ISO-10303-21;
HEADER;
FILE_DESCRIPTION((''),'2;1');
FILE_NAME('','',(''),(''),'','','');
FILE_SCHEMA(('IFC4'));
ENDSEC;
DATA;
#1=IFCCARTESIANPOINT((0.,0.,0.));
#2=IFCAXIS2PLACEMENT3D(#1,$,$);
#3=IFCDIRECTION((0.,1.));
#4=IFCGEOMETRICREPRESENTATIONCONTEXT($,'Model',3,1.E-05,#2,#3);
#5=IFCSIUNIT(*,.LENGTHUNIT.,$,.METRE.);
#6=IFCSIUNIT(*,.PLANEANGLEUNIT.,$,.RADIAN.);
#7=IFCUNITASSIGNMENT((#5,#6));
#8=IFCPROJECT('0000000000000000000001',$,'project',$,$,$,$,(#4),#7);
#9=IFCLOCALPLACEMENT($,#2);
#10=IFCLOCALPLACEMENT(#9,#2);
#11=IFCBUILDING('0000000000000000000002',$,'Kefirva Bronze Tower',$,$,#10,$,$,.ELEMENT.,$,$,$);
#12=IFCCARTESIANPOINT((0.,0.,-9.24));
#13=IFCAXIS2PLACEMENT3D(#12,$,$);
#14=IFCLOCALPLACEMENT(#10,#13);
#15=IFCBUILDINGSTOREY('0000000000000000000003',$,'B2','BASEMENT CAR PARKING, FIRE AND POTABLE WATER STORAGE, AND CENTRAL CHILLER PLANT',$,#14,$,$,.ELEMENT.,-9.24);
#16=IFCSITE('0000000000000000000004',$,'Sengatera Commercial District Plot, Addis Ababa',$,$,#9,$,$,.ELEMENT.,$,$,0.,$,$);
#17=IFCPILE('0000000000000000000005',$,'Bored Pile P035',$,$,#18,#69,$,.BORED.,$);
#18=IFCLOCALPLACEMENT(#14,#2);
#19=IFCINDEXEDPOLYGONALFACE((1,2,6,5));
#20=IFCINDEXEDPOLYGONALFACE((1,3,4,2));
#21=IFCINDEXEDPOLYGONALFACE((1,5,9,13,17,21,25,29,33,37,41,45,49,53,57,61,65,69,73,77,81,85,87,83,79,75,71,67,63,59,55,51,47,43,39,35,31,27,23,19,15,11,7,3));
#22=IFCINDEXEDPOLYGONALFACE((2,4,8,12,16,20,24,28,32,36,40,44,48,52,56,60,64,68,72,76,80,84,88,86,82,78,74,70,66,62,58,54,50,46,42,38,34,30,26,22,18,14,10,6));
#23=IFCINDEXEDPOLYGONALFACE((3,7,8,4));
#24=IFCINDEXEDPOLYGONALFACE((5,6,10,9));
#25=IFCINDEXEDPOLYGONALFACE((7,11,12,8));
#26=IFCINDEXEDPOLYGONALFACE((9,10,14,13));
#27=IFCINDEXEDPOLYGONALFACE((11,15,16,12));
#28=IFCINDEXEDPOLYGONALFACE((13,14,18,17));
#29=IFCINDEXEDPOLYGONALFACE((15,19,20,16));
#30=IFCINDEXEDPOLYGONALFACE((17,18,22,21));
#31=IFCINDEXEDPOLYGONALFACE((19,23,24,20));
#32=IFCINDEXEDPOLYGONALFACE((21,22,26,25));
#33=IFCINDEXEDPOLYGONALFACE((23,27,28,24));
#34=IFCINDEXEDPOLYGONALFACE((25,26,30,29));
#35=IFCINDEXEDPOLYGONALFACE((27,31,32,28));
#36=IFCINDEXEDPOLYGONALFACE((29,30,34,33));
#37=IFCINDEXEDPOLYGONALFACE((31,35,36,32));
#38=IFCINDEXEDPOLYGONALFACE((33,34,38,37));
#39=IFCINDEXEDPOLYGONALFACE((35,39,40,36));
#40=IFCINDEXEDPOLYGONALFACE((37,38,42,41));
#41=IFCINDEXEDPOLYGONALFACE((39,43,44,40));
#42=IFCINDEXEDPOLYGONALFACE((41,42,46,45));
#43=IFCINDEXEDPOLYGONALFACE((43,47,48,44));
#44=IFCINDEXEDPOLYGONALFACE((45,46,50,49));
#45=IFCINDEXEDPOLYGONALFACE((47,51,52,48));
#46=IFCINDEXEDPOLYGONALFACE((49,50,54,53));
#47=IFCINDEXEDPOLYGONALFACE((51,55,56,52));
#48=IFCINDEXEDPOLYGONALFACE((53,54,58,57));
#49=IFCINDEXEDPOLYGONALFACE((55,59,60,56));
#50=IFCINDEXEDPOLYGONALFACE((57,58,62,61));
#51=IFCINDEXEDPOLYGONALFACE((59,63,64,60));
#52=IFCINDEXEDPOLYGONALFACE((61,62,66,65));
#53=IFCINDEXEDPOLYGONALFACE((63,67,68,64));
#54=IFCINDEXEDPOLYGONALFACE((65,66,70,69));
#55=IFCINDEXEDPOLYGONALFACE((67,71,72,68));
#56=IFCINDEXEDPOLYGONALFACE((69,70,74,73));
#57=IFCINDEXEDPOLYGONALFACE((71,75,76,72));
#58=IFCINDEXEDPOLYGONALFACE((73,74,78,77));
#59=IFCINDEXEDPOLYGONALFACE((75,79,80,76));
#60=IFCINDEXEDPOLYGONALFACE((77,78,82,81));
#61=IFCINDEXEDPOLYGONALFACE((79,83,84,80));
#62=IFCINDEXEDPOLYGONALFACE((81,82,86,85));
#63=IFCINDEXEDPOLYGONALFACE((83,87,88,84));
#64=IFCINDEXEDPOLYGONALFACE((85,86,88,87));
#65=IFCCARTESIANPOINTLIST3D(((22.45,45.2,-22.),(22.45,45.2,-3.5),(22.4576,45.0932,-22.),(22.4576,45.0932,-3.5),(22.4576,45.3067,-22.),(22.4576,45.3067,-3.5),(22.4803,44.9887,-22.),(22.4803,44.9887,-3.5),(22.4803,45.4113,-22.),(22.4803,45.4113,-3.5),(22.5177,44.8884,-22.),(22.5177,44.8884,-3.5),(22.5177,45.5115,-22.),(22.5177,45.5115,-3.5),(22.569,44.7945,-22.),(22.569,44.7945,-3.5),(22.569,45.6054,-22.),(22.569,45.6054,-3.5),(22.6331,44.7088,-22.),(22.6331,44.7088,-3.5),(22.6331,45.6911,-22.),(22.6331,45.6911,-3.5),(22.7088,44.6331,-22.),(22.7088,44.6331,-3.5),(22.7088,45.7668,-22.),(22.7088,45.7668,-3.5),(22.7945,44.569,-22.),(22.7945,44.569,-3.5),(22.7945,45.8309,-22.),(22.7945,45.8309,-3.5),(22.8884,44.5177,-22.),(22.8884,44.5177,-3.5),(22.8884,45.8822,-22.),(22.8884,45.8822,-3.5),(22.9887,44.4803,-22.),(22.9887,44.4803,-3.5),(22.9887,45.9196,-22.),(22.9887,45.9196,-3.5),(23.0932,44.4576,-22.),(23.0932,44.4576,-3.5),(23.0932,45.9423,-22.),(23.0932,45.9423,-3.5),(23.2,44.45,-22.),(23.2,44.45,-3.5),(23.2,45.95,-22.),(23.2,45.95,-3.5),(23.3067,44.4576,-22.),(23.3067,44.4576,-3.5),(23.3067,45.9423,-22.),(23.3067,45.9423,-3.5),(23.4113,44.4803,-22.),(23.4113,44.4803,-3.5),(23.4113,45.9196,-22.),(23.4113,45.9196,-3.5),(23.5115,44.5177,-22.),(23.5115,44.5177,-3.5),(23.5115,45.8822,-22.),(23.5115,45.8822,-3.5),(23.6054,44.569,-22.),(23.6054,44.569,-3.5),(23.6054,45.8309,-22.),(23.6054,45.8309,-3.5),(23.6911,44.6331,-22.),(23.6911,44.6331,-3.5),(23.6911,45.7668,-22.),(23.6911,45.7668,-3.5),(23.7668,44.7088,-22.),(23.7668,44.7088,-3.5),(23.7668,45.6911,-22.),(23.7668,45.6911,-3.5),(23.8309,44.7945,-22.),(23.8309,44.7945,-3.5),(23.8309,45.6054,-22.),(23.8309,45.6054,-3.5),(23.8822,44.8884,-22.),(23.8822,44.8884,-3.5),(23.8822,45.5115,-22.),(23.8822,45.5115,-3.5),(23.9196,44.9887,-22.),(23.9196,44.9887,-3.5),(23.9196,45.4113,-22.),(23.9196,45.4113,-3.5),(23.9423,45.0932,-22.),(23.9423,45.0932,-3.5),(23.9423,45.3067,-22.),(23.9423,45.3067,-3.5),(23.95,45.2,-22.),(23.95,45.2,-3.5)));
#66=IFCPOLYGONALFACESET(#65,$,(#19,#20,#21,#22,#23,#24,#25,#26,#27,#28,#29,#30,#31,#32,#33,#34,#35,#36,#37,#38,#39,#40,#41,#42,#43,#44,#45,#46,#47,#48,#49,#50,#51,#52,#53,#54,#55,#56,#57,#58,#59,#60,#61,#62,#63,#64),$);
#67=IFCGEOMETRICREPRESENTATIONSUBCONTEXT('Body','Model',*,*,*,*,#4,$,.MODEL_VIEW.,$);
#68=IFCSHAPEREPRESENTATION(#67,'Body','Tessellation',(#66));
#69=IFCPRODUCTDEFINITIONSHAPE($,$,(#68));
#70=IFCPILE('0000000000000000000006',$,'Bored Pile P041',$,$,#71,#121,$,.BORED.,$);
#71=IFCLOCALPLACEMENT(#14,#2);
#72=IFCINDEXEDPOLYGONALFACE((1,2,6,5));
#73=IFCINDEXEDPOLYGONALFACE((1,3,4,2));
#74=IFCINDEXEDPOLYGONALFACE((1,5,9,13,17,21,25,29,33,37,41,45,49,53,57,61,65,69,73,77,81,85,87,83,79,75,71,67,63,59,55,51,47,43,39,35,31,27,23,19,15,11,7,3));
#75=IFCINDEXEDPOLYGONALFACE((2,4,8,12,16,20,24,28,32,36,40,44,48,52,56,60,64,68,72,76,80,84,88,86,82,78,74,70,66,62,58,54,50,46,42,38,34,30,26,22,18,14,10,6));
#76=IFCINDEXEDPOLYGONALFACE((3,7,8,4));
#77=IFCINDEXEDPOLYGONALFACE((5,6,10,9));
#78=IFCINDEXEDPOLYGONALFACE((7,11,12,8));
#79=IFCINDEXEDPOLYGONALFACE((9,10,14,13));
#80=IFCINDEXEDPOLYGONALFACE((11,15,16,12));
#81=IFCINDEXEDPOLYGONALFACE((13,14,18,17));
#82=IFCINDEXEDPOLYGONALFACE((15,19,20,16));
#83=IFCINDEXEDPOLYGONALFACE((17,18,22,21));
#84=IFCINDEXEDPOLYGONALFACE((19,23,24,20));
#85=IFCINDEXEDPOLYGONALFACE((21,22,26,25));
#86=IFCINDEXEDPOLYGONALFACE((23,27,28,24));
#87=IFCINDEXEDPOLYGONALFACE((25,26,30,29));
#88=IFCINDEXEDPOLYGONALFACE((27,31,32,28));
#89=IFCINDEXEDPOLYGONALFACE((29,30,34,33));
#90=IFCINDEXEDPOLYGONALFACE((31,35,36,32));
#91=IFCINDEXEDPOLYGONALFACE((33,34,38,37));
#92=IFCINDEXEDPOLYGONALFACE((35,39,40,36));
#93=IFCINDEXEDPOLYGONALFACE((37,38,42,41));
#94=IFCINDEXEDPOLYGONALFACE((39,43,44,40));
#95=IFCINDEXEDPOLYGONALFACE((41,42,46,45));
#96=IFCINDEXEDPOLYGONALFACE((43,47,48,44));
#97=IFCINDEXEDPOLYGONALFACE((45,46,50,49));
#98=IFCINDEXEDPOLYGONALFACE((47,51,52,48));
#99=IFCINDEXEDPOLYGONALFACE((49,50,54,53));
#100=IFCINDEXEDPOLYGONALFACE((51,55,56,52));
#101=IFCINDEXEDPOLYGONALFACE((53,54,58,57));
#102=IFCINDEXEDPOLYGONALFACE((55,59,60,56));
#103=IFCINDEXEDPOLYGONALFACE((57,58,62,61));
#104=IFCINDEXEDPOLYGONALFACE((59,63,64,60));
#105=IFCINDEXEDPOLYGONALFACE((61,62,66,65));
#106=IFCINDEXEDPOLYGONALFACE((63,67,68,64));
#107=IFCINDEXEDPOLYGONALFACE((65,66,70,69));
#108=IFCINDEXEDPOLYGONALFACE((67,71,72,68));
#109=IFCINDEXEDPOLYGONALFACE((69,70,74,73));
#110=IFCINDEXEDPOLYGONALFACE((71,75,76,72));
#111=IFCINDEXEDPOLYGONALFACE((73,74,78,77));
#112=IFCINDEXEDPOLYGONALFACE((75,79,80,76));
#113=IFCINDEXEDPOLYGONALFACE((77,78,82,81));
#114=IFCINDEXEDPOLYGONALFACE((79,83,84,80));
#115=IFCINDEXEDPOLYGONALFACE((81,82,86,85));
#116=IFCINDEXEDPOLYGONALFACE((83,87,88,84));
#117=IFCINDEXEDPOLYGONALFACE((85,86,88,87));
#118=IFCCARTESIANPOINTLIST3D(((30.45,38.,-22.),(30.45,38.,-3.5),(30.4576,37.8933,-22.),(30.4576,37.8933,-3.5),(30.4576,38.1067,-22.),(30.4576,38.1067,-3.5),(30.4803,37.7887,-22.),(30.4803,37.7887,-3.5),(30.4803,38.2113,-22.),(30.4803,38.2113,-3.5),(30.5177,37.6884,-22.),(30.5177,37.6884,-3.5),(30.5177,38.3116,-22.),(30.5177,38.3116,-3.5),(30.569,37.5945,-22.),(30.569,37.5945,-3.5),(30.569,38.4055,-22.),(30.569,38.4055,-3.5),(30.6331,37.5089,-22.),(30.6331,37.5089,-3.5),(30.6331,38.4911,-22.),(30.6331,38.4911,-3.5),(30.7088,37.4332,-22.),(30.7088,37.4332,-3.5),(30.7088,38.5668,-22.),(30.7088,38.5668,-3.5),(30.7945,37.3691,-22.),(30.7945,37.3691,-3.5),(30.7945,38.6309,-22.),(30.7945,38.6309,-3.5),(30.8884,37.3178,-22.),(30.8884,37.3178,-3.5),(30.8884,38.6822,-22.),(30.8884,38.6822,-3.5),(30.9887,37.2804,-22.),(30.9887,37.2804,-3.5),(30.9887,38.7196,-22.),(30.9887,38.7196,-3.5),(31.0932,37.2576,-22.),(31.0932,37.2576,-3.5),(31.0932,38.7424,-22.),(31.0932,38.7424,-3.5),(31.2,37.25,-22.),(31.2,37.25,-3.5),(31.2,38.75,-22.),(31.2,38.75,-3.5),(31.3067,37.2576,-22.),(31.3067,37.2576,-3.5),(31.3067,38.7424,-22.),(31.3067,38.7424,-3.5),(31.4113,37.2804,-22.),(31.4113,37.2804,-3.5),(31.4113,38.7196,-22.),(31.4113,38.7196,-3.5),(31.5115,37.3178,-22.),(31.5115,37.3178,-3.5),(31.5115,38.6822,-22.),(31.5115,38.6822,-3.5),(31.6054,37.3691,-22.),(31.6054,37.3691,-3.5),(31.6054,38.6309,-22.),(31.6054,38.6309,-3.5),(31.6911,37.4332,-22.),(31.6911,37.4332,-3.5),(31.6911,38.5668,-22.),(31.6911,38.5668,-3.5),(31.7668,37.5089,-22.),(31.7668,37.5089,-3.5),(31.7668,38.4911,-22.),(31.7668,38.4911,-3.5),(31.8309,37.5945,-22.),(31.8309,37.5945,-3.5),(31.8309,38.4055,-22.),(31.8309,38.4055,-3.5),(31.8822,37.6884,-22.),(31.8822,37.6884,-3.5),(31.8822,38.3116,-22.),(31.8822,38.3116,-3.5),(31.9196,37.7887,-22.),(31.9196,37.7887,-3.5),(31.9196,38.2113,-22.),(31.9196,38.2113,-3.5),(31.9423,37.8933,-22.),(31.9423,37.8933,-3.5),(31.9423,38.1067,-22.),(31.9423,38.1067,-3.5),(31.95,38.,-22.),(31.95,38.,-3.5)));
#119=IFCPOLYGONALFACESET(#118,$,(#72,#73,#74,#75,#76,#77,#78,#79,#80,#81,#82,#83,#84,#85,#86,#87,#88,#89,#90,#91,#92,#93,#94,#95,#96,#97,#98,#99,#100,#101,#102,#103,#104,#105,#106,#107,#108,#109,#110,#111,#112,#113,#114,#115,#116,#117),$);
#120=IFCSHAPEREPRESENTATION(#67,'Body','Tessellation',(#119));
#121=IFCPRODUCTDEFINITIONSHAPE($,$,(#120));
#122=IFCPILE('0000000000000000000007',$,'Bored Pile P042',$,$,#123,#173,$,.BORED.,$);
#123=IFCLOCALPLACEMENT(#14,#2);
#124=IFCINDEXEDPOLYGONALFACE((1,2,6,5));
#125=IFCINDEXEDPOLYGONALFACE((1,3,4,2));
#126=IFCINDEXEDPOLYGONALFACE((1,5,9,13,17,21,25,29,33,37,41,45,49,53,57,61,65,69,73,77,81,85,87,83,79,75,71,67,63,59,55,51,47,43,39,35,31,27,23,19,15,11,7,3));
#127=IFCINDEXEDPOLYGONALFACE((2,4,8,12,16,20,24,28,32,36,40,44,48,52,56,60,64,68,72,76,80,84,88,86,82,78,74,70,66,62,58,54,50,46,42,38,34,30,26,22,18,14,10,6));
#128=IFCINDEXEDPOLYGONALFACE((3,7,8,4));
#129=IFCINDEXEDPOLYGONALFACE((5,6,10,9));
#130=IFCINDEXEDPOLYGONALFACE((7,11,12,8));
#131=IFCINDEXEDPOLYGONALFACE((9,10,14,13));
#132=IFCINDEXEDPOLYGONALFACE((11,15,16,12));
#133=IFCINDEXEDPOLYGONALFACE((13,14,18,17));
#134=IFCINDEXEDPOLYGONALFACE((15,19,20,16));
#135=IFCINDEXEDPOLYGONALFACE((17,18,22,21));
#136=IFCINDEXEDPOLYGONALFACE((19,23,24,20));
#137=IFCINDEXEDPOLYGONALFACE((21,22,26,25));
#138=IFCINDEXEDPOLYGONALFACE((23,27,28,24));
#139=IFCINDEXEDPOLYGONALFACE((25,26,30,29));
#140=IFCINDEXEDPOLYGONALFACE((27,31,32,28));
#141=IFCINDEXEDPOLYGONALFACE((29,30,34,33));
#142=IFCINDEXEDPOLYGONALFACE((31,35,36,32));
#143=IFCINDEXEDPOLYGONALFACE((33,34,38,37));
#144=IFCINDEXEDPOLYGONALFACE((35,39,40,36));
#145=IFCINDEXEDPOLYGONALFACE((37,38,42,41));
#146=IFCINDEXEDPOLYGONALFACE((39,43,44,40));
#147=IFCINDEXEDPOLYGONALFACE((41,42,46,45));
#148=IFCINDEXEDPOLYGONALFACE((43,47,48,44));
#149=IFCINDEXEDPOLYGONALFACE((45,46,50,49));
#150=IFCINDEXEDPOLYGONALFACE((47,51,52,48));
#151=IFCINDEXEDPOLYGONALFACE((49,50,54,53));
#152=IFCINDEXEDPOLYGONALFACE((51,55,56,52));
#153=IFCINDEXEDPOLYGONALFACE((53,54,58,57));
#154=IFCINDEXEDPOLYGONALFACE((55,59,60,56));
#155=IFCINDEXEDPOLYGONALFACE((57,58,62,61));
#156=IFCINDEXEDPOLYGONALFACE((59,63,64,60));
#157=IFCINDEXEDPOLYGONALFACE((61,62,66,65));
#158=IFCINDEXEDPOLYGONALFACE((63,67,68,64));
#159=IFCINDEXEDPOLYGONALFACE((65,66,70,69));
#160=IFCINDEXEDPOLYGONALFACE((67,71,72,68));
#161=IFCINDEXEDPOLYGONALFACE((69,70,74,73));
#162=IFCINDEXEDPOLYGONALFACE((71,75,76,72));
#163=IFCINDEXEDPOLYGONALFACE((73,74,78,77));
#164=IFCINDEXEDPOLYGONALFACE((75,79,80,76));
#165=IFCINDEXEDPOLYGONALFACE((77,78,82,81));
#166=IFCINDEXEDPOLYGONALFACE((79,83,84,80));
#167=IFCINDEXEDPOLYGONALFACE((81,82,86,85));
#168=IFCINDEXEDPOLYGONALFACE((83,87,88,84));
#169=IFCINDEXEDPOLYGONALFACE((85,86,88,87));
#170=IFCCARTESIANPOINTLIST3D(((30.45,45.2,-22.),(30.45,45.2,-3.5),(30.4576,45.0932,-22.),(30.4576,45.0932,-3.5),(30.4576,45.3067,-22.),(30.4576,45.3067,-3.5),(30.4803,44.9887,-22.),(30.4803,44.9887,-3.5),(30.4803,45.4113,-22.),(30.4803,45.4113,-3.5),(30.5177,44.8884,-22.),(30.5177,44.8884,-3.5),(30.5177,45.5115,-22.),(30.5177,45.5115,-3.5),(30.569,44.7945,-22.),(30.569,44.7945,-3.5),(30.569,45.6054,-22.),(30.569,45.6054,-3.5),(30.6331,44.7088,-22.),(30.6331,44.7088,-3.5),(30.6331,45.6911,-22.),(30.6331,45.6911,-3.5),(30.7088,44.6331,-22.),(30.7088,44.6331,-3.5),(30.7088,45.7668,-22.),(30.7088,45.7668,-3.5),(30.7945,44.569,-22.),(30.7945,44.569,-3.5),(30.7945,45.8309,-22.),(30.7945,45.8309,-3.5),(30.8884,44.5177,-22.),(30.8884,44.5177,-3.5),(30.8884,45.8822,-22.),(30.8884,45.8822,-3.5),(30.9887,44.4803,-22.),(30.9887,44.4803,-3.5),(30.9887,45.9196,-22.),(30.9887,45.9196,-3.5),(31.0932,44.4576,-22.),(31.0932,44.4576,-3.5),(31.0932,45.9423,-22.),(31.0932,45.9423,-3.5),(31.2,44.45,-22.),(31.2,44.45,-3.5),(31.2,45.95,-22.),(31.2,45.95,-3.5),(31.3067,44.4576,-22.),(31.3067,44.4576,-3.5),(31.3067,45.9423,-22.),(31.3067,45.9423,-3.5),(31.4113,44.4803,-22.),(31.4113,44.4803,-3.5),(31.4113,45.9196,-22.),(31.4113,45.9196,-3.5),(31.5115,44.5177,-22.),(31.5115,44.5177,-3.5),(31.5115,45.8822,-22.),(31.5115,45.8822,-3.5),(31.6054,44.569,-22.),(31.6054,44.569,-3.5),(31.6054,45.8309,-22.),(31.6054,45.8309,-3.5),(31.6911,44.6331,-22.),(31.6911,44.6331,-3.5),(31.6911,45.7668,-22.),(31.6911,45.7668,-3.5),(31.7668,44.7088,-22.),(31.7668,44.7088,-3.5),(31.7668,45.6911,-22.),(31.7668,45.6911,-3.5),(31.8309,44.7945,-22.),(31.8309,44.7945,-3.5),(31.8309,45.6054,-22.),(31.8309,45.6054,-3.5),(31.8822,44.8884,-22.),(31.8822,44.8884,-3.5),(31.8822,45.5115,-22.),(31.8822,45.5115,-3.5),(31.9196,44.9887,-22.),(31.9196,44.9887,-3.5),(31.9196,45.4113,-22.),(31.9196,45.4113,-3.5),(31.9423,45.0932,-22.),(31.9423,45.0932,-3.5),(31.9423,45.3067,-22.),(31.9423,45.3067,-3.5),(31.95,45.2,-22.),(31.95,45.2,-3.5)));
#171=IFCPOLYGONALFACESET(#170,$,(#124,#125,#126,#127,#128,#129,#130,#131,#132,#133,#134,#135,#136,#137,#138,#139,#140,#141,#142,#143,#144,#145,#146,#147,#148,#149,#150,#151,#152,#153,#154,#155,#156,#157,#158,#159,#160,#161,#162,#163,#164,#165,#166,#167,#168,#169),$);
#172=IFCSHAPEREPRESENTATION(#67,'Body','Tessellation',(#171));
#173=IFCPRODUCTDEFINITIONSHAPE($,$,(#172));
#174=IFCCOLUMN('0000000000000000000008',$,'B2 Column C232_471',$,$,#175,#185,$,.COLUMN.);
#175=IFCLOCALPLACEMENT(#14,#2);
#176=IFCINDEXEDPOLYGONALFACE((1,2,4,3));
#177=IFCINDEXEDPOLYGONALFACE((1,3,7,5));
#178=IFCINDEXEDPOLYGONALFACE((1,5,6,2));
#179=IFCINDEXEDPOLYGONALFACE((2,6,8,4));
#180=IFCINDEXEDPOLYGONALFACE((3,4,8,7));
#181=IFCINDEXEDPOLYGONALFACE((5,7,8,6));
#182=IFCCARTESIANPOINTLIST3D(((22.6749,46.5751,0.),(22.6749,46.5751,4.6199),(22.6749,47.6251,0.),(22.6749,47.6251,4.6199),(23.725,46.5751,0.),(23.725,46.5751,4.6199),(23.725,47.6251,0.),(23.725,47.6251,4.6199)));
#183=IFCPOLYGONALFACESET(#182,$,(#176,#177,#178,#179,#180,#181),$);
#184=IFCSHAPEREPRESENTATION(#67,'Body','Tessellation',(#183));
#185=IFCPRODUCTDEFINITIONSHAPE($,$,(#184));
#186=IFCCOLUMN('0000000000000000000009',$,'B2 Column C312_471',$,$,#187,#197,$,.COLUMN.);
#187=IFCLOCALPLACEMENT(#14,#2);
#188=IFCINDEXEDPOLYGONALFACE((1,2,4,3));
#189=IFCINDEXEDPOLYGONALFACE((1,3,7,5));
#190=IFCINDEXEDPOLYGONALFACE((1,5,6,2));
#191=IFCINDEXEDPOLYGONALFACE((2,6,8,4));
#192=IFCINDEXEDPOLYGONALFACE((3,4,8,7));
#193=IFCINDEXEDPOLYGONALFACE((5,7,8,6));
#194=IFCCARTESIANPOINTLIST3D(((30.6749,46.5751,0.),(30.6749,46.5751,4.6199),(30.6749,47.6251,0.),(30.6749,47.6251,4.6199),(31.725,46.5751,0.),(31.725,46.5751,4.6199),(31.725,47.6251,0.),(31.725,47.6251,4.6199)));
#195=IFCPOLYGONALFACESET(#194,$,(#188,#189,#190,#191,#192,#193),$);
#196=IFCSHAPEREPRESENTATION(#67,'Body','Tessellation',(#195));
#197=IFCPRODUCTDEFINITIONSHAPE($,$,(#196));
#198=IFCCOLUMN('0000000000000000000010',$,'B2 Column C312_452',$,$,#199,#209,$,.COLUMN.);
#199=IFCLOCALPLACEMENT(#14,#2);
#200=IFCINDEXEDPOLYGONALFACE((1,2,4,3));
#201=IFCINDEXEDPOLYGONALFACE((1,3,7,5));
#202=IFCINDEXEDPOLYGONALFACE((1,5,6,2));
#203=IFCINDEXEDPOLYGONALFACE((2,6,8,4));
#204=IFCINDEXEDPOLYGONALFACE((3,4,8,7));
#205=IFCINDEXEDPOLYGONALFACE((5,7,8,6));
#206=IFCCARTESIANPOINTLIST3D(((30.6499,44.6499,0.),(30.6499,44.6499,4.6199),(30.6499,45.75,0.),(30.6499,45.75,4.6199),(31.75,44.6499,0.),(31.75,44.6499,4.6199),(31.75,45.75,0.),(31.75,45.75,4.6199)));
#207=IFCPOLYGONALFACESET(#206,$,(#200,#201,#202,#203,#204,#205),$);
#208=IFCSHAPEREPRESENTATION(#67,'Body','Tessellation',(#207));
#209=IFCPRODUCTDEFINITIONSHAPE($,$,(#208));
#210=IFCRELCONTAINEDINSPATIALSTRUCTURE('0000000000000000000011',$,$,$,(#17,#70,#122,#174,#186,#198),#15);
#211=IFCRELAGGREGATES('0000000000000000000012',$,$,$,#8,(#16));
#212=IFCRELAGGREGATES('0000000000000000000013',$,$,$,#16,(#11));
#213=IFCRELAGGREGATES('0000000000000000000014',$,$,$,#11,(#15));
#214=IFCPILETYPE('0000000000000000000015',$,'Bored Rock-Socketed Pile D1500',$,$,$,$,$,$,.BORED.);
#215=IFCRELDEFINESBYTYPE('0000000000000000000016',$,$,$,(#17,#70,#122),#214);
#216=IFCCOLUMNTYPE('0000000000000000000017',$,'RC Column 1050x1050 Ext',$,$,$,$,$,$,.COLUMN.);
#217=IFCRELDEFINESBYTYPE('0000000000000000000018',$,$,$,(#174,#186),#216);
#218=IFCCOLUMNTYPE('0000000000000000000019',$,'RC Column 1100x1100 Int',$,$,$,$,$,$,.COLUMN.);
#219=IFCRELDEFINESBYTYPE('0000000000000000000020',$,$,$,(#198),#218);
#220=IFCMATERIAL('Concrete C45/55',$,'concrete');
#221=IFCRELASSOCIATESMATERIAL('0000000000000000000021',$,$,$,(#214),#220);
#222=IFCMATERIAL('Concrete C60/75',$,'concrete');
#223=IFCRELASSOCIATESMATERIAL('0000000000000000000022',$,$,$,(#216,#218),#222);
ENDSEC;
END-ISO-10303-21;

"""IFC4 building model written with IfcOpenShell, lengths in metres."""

from ifc_helpers import new_model, si_unit, direction, frame, origin, origin_2d, place, context, subcontext, project, spatial, rectangle, circle, extrude, material, material_profile, profile_set, type_object, element, save


model = new_model("IFC4")

# Units and contexts
model_context = context("Model", 3, precision=1e-05, world=origin(), true_north=direction((0.0, 1.0)))
body_context = subcontext(model_context, "Body", "Model", "MODEL_VIEW")
ifc_project = project(units=[si_unit("LENGTHUNIT", "METRE"), si_unit("PLANEANGLEUNIT", "RADIAN")], contexts=[model_context])

# Site, building, storey
site_placement = place(None, origin())
site = spatial("IfcSite", under=ifc_project, at=site_placement, Name="Sengatera Commercial District Plot, Addis Ababa", CompositionType="ELEMENT", RefElevation=0.0)
building_placement = place(site_placement, origin())
building = spatial("IfcBuilding", under=site, at=building_placement, Name="Kefirva Bronze Tower", CompositionType="ELEMENT")
storey_placement = place(building_placement, frame((0.0, 0.0, -9.24)))
storey = spatial("IfcBuildingStorey", under=building, at=storey_placement, Name="B2", Description="BASEMENT CAR PARKING, FIRE AND POTABLE WATER STORAGE, AND CENTRAL CHILLER PLANT", CompositionType="ELEMENT", Elevation=-9.24)

# Piles
ifc_material_1 = material(Name="Concrete C45/55", Category="concrete")
ifc_material_profile_1 = material_profile(ifc_material_1, circle(Radius=0.75, at=origin_2d()), Name="BORED PILE D1500")
ifc_profile_set_1 = profile_set([ifc_material_profile_1], Name="Concrete C45/55")
pile_type = type_object("IfcPileType", Name="Bored Rock-Socketed Pile D1500", PredefinedType="BORED", material=ifc_profile_set_1)
for number, where, z_axis, x_axis, name in (
    (1, (23.2, 45.2, -3.5), (0.0, 0.0, -1.0), (1.0, 0.0, 0.0), "Bored Pile P035"),
    (2, (31.2, 38.0, -3.5), (0.0, 0.0, -1.0), (1.0, 0.0, 0.0), "Bored Pile P041"),
    (3, (31.2, 45.2, -3.5), (0.0, 0.0, -1.0), (1.0, 0.0, 0.0), "Bored Pile P042"),
):
    element("IfcPile", number, at=place(storey_placement, frame(where, z_axis=z_axis, x_axis=x_axis)), inside=storey, type_object=pile_type, Name=name, PredefinedType="BORED", context=body_context, shape_type="SweptSolid", body=[
        extrude(circle(Radius=0.75, at=origin_2d()), origin(), (0.0, 0.0, 1.0), 18.5),
    ])

# Columns
ifc_material_2 = material(Name="Concrete C60/75", Category="concrete")
ifc_material_profile_2 = material_profile(ifc_material_2, rectangle(XDim=1.05, YDim=1.05, at=origin_2d()), Name="RC 1050x1050")
ifc_profile_set_2 = profile_set([ifc_material_profile_2], Name="Concrete C60/75")
column_type_1 = type_object("IfcColumnType", Name="RC Column 1050x1050 Ext", PredefinedType="COLUMN", material=ifc_profile_set_2)
for number, where, z_axis, x_axis, name in (
    (4, (23.2, 47.1001, 0.0), (0.0, 0.0, 1.0), (1.0, 0.0, 0.0), "B2 Column C232_471"),
    (5, (31.2, 47.1001, 0.0), (0.0, 0.0, 1.0), (1.0, 0.0, 0.0), "B2 Column C312_471"),
):
    element("IfcColumn", number, at=place(storey_placement, frame(where, z_axis=z_axis, x_axis=x_axis)), inside=storey, type_object=column_type_1, Name=name, PredefinedType="COLUMN", context=body_context, shape_type="SweptSolid", body=[
        extrude(rectangle(XDim=1.05, YDim=1.05, at=origin_2d()), origin(), (0.0, 0.0, 1.0), 4.6199),
    ])
ifc_material_profile_3 = material_profile(ifc_material_2, rectangle(XDim=1.1001, YDim=1.1001, at=origin_2d()), Name="RC 1100x1100")
ifc_profile_set_3 = profile_set([ifc_material_profile_3], Name="Concrete C60/75")
column_type_2 = type_object("IfcColumnType", Name="RC Column 1100x1100 Int", PredefinedType="COLUMN", material=ifc_profile_set_3)
column_placement = place(storey_placement, frame((31.2, 45.2, 0.0), z_axis=(0.0, 0.0, 1.0), x_axis=(1.0, 0.0, 0.0)))
element("IfcColumn", 6, at=column_placement, inside=storey, type_object=column_type_2, Name="B2 Column C312_452", PredefinedType="COLUMN", context=body_context, shape_type="SweptSolid", body=[
    extrude(rectangle(XDim=1.1001, YDim=1.1001, at=origin_2d()), origin(), (0.0, 0.0, 1.0), 4.6199),
])

save(model, "model.ifc")
